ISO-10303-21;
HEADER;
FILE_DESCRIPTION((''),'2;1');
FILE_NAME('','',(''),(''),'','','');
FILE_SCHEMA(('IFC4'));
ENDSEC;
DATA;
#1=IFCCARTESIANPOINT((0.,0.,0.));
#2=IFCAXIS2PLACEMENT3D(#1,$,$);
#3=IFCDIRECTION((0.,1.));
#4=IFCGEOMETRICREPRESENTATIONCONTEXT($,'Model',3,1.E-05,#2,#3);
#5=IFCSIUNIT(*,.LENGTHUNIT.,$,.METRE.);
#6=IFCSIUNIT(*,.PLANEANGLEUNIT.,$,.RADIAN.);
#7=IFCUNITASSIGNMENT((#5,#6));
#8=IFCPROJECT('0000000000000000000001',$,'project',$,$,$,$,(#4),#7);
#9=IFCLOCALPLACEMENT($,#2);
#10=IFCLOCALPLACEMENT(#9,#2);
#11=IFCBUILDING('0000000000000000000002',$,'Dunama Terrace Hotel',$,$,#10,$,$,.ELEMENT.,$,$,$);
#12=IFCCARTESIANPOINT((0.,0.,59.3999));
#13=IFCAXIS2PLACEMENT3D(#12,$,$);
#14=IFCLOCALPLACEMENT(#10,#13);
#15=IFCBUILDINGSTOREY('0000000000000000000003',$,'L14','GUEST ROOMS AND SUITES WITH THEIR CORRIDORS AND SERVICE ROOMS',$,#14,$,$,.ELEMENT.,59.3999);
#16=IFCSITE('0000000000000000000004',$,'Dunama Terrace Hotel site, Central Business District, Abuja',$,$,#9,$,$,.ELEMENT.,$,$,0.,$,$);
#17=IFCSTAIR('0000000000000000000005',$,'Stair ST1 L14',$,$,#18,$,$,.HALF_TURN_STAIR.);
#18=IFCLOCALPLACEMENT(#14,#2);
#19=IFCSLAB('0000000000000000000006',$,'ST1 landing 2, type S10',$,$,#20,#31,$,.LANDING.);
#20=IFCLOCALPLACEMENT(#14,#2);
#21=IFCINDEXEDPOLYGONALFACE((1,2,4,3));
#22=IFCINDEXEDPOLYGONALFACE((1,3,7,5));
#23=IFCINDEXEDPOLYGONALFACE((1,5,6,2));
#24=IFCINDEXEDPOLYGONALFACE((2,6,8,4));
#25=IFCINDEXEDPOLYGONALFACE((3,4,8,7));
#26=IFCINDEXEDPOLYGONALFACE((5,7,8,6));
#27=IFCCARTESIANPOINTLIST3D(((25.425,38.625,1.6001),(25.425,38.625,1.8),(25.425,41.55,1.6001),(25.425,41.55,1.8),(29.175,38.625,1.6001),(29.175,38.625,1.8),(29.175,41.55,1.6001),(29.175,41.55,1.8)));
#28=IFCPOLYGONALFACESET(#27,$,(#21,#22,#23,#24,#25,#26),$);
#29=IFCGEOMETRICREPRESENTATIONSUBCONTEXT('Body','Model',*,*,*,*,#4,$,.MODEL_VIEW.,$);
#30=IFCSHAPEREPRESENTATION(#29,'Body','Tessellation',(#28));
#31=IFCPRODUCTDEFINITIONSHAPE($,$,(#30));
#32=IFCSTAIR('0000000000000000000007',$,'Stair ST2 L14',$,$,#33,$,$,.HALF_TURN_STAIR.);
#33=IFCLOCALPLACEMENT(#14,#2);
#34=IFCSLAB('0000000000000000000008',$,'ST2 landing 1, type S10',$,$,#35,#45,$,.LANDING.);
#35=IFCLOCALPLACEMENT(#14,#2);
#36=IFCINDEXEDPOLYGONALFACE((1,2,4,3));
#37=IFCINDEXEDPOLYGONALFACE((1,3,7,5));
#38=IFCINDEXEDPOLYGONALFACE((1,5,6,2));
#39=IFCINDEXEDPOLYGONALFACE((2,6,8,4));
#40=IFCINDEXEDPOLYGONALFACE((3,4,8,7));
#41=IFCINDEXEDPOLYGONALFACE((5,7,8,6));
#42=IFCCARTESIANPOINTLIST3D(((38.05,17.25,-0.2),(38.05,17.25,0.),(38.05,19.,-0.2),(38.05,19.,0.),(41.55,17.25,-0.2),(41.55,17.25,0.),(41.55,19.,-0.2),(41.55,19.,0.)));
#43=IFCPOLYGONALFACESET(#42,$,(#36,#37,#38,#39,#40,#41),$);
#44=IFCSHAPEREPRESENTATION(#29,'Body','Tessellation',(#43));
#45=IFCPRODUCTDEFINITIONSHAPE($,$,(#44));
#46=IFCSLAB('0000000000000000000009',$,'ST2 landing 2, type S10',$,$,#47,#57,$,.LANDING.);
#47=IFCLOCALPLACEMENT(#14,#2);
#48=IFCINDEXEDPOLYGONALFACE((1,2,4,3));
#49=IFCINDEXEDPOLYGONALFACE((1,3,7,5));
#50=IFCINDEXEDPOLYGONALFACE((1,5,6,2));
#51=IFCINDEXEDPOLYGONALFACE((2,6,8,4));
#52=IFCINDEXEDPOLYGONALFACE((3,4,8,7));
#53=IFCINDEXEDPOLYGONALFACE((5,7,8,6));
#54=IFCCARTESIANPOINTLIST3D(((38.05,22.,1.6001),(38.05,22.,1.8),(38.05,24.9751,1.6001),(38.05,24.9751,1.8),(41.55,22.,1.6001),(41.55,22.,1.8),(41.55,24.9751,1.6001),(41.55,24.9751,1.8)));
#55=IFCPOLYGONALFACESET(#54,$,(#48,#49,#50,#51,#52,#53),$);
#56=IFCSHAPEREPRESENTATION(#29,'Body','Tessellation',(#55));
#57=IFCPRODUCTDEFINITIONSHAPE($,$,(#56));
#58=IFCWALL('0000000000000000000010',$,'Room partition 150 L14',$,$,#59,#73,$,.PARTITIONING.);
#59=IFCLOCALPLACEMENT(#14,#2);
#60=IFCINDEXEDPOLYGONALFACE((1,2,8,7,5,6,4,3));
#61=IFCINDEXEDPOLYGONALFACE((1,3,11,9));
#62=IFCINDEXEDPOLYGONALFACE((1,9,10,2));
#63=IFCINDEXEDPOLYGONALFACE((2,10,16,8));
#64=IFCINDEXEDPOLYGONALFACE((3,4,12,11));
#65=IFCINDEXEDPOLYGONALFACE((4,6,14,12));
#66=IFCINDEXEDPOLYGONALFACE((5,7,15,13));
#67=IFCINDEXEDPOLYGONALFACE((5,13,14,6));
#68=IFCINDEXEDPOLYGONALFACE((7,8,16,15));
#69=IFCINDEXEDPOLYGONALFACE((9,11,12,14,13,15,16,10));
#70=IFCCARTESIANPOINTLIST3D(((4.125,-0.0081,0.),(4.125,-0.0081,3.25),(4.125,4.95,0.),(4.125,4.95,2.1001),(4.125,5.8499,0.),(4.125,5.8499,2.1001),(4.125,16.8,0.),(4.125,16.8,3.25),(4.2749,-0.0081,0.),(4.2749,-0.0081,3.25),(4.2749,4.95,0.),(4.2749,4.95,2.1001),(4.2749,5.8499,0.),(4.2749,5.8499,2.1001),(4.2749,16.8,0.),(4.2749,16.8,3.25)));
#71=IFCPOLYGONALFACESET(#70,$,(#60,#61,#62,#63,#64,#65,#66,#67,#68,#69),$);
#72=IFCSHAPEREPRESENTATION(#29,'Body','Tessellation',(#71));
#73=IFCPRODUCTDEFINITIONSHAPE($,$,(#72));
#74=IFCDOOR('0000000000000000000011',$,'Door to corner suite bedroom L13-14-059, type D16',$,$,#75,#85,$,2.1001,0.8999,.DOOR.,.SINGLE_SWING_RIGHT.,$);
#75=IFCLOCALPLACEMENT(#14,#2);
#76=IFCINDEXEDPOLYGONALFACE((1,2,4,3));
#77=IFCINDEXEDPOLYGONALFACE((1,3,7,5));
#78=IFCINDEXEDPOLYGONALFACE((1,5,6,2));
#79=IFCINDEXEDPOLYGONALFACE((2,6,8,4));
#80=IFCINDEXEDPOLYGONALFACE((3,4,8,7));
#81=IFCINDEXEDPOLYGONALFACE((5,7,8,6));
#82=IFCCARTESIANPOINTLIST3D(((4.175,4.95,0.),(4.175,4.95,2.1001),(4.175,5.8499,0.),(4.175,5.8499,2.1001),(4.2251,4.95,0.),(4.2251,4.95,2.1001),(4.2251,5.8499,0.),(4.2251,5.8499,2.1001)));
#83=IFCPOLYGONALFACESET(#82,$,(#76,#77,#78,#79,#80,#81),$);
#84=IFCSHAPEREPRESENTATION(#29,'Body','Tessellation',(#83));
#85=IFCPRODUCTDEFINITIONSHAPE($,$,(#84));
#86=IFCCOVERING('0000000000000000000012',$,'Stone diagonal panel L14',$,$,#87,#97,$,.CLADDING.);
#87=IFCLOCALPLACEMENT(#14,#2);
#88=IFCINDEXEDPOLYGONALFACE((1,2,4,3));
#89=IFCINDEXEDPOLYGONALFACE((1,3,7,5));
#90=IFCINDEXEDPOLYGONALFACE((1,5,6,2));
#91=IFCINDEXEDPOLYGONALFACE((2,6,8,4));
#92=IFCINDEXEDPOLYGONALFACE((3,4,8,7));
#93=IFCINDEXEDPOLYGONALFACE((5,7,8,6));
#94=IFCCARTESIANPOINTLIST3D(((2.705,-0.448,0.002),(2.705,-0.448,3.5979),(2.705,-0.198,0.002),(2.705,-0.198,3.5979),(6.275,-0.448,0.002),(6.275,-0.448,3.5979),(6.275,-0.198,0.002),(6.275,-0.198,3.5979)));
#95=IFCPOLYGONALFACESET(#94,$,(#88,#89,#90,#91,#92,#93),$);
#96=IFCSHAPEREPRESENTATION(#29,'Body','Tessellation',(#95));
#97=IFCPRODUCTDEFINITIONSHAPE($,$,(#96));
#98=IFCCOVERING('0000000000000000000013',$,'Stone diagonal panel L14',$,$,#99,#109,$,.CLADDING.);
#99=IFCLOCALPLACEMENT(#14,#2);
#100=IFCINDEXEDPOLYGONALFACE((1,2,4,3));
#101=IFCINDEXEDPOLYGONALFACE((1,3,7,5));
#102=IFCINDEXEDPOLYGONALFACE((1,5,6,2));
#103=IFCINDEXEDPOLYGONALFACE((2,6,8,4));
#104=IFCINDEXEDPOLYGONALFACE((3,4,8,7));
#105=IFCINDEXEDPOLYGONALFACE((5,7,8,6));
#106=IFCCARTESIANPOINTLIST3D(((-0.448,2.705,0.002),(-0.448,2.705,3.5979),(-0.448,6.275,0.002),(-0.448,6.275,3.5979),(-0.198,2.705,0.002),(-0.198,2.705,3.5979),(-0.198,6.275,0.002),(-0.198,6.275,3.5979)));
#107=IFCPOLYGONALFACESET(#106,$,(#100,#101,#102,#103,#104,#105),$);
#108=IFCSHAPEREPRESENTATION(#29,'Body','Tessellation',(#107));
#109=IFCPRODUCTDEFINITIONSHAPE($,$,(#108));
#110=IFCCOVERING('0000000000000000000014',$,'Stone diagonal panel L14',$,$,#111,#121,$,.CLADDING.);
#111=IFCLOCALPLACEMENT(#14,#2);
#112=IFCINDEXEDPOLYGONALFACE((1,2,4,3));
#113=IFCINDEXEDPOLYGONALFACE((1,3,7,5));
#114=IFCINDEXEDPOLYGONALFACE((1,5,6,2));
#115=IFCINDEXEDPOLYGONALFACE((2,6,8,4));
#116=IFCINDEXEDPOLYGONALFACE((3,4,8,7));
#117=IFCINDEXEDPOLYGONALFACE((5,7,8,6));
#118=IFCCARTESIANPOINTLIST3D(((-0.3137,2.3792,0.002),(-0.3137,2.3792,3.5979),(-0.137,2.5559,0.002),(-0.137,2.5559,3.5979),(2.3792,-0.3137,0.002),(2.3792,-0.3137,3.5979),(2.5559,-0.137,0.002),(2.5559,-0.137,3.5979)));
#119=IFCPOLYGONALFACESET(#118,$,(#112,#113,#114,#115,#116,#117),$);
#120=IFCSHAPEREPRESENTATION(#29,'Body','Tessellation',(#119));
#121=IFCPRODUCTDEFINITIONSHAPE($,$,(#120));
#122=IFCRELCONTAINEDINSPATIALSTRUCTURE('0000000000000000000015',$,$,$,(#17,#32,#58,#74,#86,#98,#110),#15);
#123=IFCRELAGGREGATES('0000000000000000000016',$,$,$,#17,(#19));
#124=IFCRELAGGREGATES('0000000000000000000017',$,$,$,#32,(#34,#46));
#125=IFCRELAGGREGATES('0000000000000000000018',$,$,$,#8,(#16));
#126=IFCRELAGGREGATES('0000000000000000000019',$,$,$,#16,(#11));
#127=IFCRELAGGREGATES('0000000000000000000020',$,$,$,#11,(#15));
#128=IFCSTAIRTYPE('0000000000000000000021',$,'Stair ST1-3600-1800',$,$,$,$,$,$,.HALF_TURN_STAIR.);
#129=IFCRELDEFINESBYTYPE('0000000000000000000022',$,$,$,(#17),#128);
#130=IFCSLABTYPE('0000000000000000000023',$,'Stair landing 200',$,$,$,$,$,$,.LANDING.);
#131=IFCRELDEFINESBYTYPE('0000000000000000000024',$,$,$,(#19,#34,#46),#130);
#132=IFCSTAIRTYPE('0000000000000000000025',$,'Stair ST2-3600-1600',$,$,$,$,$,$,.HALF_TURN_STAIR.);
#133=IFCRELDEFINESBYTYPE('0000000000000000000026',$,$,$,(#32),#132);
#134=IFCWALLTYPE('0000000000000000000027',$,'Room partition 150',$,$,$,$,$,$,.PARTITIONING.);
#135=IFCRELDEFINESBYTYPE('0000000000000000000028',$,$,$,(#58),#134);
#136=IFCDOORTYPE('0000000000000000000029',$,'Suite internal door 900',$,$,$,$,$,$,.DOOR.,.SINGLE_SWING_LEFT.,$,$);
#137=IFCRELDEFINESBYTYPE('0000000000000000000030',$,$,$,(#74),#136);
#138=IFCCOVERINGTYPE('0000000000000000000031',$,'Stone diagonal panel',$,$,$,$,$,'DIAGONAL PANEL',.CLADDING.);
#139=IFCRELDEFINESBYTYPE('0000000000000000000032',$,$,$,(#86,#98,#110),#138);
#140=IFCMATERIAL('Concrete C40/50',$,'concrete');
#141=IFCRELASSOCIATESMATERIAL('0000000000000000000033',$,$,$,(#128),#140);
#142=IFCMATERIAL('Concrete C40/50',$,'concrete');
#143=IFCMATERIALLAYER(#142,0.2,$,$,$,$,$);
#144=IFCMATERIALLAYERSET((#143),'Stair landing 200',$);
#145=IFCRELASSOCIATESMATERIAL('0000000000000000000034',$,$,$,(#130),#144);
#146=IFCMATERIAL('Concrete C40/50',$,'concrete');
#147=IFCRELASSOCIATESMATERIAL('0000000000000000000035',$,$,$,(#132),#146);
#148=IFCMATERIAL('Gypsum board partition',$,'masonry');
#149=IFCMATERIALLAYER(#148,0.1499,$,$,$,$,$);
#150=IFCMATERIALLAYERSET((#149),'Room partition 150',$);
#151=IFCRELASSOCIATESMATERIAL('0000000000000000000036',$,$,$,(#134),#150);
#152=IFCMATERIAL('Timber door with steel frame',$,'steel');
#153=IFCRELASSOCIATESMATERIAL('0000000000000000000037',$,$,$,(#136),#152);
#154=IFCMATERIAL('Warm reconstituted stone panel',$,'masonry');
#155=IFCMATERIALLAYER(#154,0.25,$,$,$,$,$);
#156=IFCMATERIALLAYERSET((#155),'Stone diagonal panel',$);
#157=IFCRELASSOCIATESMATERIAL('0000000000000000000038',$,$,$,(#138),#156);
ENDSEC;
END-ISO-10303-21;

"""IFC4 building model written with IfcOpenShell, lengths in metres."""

from ifc_helpers import new_model, si_unit, direction, frame, frame_2d, origin, origin_2d, place, context, subcontext, project, spatial, polyline, rectangle, outline, extrude, material, layer, layer_set, type_object, element, fill, aggregate, save


model = new_model("IFC4")

# Units and contexts
model_context = context("Model", 3, precision=1e-05, world=origin(), true_north=direction((0.0, 1.0)))
body_context = subcontext(model_context, "Body", "Model", "MODEL_VIEW")
ifc_project = project(units=[si_unit("LENGTHUNIT", "METRE"), si_unit("PLANEANGLEUNIT", "RADIAN")], contexts=[model_context])

# Site, building, storey
site_placement = place(None, origin())
site = spatial("IfcSite", under=ifc_project, at=site_placement, Name="Dunama Terrace Hotel site, Central Business District, Abuja", CompositionType="ELEMENT", RefElevation=0.0)
building_placement = place(site_placement, origin())
building = spatial("IfcBuilding", under=site, at=building_placement, Name="Dunama Terrace Hotel", CompositionType="ELEMENT")
storey_placement = place(building_placement, frame((0.0, 0.0, 59.3999)))
storey = spatial("IfcBuildingStorey", under=building, at=storey_placement, Name="L14", Description="GUEST ROOMS AND SUITES WITH THEIR CORRIDORS AND SERVICE ROOMS", CompositionType="ELEMENT", Elevation=59.3999)

# Stairs, slabs
ifc_material_1 = material(Name="Concrete C40/50", Category="concrete")
stair_type_1 = type_object("IfcStairType", Name="Stair ST1-3600-1800", PredefinedType="HALF_TURN_STAIR", material=ifc_material_1)
stair_1_placement = place(storey_placement, origin())
stair_1 = element("IfcStair", 1, at=stair_1_placement, inside=storey, type_object=stair_type_1, Name="Stair ST1 L14", PredefinedType="HALF_TURN_STAIR")
ifc_material_2 = material(Name="Concrete C40/50", Category="concrete")
ifc_layer_1 = layer(ifc_material_2, 0.2)
ifc_layer_set_1 = layer_set([ifc_layer_1], Name="Stair landing 200")
slab_type_1 = type_object("IfcSlabType", Name="Stair landing 200", PredefinedType="LANDING", material=ifc_layer_set_1)
slab_1_placement = place(storey_placement, frame((0.0, 0.0, 1.6001)))
slab_1 = element("IfcSlab", 2, at=slab_1_placement, type_object=slab_type_1, Name="ST1 landing 2, type S10", PredefinedType="LANDING", context=body_context, shape_type="SweptSolid", body=[
    extrude(outline(polyline([(25.425, 38.625), (29.175, 38.625), (29.175, 41.55), (25.425, 41.55), (25.425, 38.625)])), origin(), (0.0, 0.0, 1.0), 0.2),
])
aggregate(stair_1, [slab_1])
ifc_material_3 = material(Name="Concrete C40/50", Category="concrete")
stair_type_2 = type_object("IfcStairType", Name="Stair ST2-3600-1600", PredefinedType="HALF_TURN_STAIR", material=ifc_material_3)
stair_2_placement = place(storey_placement, origin())
stair_2 = element("IfcStair", 3, at=stair_2_placement, inside=storey, type_object=stair_type_2, Name="Stair ST2 L14", PredefinedType="HALF_TURN_STAIR")
slab_2_placement = place(storey_placement, frame((0.0, 0.0, -0.2)))
slab_2 = element("IfcSlab", 4, at=slab_2_placement, type_object=slab_type_1, Name="ST2 landing 1, type S10", PredefinedType="LANDING", context=body_context, shape_type="SweptSolid", body=[
    extrude(outline(polyline([(38.05, 17.25), (41.55, 17.25), (41.55, 19.0), (38.05, 19.0), (38.05, 17.25)])), origin(), (0.0, 0.0, 1.0), 0.2),
])
slab_3_placement = place(storey_placement, frame((0.0, 0.0, 1.6001)))
slab_3 = element("IfcSlab", 5, at=slab_3_placement, type_object=slab_type_1, Name="ST2 landing 2, type S10", PredefinedType="LANDING", context=body_context, shape_type="SweptSolid", body=[
    extrude(outline(polyline([(38.05, 22.0), (41.55, 22.0), (41.55, 24.9751), (38.05, 24.9751), (38.05, 22.0)])), origin(), (0.0, 0.0, 1.0), 0.2),
])
aggregate(stair_2, [slab_2, slab_3])

# Wall, opening, door
ifc_material_4 = material(Name="Gypsum board partition", Category="masonry")
ifc_layer_2 = layer(ifc_material_4, 0.1499)
ifc_layer_set_2 = layer_set([ifc_layer_2], Name="Room partition 150")
wall_type = type_object("IfcWallType", Name="Room partition 150", PredefinedType="PARTITIONING", material=ifc_layer_set_2)
wall_placement = place(storey_placement, frame((4.2, -0.0081, 0.0), z_axis=(0.0, 0.0, 1.0), x_axis=(0.0, 1.0, 0.0)))
wall = element("IfcWall", 6, at=wall_placement, inside=storey, type_object=wall_type, Name="Room partition 150 L14", PredefinedType="PARTITIONING", context=body_context, shape_type="SweptSolid", body=[
    extrude(rectangle(XDim=16.8081, YDim=0.1499, at=frame_2d((8.4041, 0.0))), origin(), (0.0, 0.0, 1.0), 3.25),
])
opening_placement = place(wall_placement, frame((4.958, 0.0, 0.0)))
opening = element("IfcOpeningElement", 7, at=opening_placement, cuts=wall, PredefinedType="OPENING", context=body_context, shape_type="SweptSolid", body=[
    extrude(rectangle(XDim=0.8999, YDim=2.1001, at=frame_2d((0.45, 1.05))), frame((0.0, 0.085, 0.0), z_axis=(0.0, -1.0, 0.0), x_axis=(1.0, 0.0, 0.0)), (0.0, 0.0, 1.0), 0.1699),
])
ifc_material_5 = material(Name="Timber door with steel frame", Category="steel")
door_type = type_object("IfcDoorType", Name="Suite internal door 900", OperationType="SINGLE_SWING_LEFT", PredefinedType="DOOR", material=ifc_material_5)
door_placement = place(opening_placement, origin())
door = element("IfcDoor", 8, at=door_placement, inside=storey, type_object=door_type, Name="Door to corner suite bedroom L13-14-059, type D16", OperationType="SINGLE_SWING_RIGHT", OverallHeight=2.1001, OverallWidth=0.8999, PredefinedType="DOOR", context=body_context, shape_type="SweptSolid", body=[
    extrude(rectangle(XDim=0.8999, YDim=2.1001, at=frame_2d((0.45, 1.05))), frame((0.0, 0.0249, 0.0), z_axis=(0.0, -1.0, 0.0), x_axis=(1.0, 0.0, 0.0)), (0.0, 0.0, 1.0), 0.05),
])
fill(opening, door)

# Coverings
ifc_material_6 = material(Name="Warm reconstituted stone panel", Category="masonry")
ifc_layer_3 = layer(ifc_material_6, 0.25)
ifc_layer_set_3 = layer_set([ifc_layer_3], Name="Stone diagonal panel")
covering_type = type_object("IfcCoveringType", Name="Stone diagonal panel", ElementType="DIAGONAL PANEL", PredefinedType="CLADDING", material=ifc_layer_set_3)
for number, where, z_axis, x_axis, name in (
    (9, (4.49, -0.323, 0.002), (0.0, 0.0, 1.0), (1.0, 0.0, 0.0), "Stone diagonal panel L14"),
    (10, (-0.323, 4.49, 0.002), (0.0, 0.0, 1.0), (0.0, -1.0, 0.0), "Stone diagonal panel L14"),
):
    element("IfcCovering", number, at=place(storey_placement, frame(where, z_axis=z_axis, x_axis=x_axis)), inside=storey, type_object=covering_type, Name=name, PredefinedType="CLADDING", context=body_context, shape_type="SweptSolid", body=[
        extrude(rectangle(XDim=3.5701, YDim=0.25, at=origin_2d()), origin(), (0.0, 0.0, 1.0), 3.5959),
    ])
covering_placement = place(storey_placement, frame((1.1211, 1.1211, 0.002), z_axis=(0.0, 0.0, 1.0), x_axis=(0.707107, -0.707107, 0.0)))
element("IfcCovering", 11, at=covering_placement, inside=storey, type_object=covering_type, Name="Stone diagonal panel L14", PredefinedType="CLADDING", context=body_context, shape_type="SweptSolid", body=[
    extrude(rectangle(XDim=3.8083, YDim=0.25, at=origin_2d()), origin(), (0.0, 0.0, 1.0), 3.5959),
])

save(model, "model.ifc")
